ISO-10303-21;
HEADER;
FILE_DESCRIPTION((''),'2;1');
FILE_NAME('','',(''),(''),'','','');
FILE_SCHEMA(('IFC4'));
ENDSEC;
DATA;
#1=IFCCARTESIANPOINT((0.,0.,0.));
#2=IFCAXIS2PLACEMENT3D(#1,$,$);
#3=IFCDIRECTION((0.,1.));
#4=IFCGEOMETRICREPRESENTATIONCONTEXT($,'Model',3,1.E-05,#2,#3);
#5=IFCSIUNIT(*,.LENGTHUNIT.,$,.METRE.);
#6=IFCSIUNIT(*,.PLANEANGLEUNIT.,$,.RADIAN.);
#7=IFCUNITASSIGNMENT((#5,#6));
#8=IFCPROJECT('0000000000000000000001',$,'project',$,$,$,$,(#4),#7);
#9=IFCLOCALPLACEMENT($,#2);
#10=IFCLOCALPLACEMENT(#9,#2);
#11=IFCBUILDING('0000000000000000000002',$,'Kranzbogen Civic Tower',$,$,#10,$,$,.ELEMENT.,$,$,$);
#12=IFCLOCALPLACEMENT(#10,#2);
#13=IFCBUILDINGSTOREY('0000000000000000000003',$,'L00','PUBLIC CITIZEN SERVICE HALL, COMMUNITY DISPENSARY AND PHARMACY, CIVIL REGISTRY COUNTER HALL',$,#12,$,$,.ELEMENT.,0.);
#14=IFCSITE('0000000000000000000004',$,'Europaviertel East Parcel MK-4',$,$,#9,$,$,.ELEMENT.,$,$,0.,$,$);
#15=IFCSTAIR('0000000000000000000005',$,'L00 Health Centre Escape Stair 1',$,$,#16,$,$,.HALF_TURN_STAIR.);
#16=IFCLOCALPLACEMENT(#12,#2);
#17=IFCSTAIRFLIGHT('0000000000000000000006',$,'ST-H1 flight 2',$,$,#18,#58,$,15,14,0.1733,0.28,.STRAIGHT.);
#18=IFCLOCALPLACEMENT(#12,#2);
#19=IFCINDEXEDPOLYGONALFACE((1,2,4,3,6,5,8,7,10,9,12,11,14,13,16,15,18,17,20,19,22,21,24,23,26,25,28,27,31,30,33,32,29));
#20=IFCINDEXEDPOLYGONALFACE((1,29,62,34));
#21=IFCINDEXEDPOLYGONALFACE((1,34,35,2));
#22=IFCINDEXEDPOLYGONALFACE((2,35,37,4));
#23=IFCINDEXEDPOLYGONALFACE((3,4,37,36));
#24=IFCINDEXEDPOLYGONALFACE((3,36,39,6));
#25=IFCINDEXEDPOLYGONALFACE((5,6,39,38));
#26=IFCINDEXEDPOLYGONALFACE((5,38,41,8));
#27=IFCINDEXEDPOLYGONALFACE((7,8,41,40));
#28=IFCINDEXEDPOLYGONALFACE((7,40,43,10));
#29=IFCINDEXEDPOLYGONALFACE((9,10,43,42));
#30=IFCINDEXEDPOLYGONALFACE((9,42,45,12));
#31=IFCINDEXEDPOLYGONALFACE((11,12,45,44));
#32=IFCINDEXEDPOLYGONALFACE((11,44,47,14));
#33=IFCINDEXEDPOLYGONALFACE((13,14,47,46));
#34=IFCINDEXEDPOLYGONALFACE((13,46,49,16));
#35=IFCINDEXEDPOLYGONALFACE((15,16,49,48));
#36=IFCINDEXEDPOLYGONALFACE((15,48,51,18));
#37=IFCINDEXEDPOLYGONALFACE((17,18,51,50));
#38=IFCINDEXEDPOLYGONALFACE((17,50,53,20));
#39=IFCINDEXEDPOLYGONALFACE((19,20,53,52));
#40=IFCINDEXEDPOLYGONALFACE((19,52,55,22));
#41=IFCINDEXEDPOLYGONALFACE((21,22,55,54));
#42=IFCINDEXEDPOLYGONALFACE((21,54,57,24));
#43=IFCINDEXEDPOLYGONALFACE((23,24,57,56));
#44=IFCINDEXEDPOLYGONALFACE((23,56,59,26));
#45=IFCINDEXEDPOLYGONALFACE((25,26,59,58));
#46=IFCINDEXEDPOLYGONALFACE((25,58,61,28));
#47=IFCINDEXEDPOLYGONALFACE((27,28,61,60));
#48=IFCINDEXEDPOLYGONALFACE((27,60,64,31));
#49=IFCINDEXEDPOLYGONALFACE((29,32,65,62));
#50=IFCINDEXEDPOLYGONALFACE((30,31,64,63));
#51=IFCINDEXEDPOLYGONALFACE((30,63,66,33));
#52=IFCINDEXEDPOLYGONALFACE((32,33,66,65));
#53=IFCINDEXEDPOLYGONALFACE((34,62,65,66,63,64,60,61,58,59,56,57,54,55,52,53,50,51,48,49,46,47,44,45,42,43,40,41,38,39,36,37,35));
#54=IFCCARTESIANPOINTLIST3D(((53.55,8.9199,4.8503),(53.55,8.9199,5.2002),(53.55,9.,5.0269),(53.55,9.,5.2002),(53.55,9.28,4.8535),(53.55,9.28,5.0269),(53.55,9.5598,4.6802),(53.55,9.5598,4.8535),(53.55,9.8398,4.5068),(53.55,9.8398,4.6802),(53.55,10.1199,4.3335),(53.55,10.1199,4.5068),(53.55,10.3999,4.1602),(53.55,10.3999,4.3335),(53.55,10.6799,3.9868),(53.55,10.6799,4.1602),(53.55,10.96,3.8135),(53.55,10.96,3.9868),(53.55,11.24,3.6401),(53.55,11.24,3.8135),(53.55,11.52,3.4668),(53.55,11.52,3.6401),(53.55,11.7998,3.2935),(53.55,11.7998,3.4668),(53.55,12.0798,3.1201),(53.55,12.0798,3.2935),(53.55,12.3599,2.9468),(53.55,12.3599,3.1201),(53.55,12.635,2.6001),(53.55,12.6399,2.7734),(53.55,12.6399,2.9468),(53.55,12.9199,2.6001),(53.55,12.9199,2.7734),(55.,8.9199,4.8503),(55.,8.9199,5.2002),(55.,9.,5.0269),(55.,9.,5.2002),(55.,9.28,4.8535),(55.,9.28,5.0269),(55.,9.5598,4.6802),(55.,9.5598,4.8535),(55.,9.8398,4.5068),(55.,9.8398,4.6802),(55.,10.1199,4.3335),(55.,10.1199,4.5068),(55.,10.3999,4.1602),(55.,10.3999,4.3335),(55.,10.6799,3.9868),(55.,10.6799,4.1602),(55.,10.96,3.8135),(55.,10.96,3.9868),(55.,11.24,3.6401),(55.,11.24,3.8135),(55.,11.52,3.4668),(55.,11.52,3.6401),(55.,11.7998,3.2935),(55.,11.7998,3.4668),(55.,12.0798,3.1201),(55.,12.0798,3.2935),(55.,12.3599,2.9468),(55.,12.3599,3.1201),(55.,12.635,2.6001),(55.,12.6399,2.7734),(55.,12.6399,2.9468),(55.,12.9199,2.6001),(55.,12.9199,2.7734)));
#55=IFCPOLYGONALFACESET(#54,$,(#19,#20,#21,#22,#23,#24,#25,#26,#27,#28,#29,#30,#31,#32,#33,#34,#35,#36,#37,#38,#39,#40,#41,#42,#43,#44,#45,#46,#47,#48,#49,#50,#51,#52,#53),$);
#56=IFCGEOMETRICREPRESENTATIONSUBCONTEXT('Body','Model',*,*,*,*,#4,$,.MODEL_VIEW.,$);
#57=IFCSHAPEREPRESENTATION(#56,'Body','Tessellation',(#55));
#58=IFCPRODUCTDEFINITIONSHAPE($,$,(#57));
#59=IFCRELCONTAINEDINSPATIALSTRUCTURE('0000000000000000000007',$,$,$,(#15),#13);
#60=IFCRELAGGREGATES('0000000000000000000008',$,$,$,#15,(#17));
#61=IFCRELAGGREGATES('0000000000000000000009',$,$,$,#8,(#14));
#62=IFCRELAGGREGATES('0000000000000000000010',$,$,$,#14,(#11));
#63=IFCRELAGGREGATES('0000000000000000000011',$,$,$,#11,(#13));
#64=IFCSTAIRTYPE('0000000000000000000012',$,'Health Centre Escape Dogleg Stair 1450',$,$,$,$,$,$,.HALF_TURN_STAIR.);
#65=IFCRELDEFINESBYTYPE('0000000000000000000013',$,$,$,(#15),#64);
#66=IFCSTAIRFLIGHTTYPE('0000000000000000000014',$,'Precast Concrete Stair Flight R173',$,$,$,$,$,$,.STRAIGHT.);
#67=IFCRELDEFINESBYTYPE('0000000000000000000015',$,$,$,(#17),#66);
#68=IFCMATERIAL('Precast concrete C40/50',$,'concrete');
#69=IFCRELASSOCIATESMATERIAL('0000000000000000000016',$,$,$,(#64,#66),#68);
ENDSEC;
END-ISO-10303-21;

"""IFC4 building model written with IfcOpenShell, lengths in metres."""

from ifc_helpers import new_model, si_unit, direction, frame, origin, place, context, subcontext, project, spatial, polyline, outline, extrude, material, type_object, element, aggregate, save


model = new_model("IFC4")

# Units and contexts
model_context = context("Model", 3, precision=1e-05, world=origin(), true_north=direction((0.0, 1.0)))
body_context = subcontext(model_context, "Body", "Model", "MODEL_VIEW")
ifc_project = project(units=[si_unit("LENGTHUNIT", "METRE"), si_unit("PLANEANGLEUNIT", "RADIAN")], contexts=[model_context])

# Site, building, storey
site_placement = place(None, origin())
site = spatial("IfcSite", under=ifc_project, at=site_placement, Name="Europaviertel East Parcel MK-4", CompositionType="ELEMENT", RefElevation=0.0)
building_placement = place(site_placement, origin())
building = spatial("IfcBuilding", under=site, at=building_placement, Name="Kranzbogen Civic Tower", CompositionType="ELEMENT")
storey_placement = place(building_placement, origin())
storey = spatial("IfcBuildingStorey", under=building, at=storey_placement, Name="L00", Description="PUBLIC CITIZEN SERVICE HALL, COMMUNITY DISPENSARY AND PHARMACY, CIVIL REGISTRY COUNTER HALL", CompositionType="ELEMENT", Elevation=0.0)

# Stair, stair flight
ifc_material_1 = material(Name="Precast concrete C40/50", Category="concrete")
stair_type = type_object("IfcStairType", Name="Health Centre Escape Dogleg Stair 1450", PredefinedType="HALF_TURN_STAIR", material=ifc_material_1)
stair_placement = place(storey_placement, origin())
stair = element("IfcStair", 1, at=stair_placement, inside=storey, type_object=stair_type, Name="L00 Health Centre Escape Stair 1", PredefinedType="HALF_TURN_STAIR")
stair_flight_type = type_object("IfcStairFlightType", Name="Precast Concrete Stair Flight R173", PredefinedType="STRAIGHT", material=ifc_material_1)
stair_flight_1_placement = place(storey_placement, frame((54.2749, 12.9199, 2.6001), z_axis=(0.0, 0.0, 1.0), x_axis=(0.0, -1.0, 0.0)))
stair_flight_1 = element("IfcStairFlight", 2, at=stair_flight_1_placement, type_object=stair_flight_type, Name="ST-H1 flight 2", NumberOfRisers=15, NumberOfTreads=14, PredefinedType="STRAIGHT", RiserHeight=0.1733, TreadLength=0.28, context=body_context, shape_type="SweptSolid", body=[
    extrude(outline(polyline([(0.0, 0.0), (0.0, 0.1733), (0.28, 0.1733), (0.28, 0.3467), (0.5601, 0.3467), (0.5601, 0.52), (0.8401, 0.52), (0.8401, 0.6934), (1.1201, 0.6934), (1.1201, 0.8667), (1.3999, 0.8667), (1.3999, 1.04), (1.6799, 1.04), (1.6799, 1.2134), (1.96, 1.2134), (1.96, 1.3867), (2.24, 1.3867), (2.24, 1.5601), (2.52, 1.5601), (2.52, 1.7334), (2.8, 1.7334), (2.8, 1.9067), (3.0801, 1.9067), (3.0801, 2.0801), (3.3601, 2.0801), (3.3601, 2.2534), (3.6399, 2.2534), (3.6399, 2.4268), (3.9199, 2.4268), (3.9199, 2.6001), (4.0, 2.6001), (4.0, 2.2502), (0.2849, 0.0), (0.0, 0.0)])), frame((0.0, 0.7251, 0.0), z_axis=(0.0, -1.0, 0.0), x_axis=(1.0, 0.0, 0.0)), (0.0, 0.0, 1.0), 1.45),
])
aggregate(stair, [stair_flight_1])

save(model, "model.ifc")
